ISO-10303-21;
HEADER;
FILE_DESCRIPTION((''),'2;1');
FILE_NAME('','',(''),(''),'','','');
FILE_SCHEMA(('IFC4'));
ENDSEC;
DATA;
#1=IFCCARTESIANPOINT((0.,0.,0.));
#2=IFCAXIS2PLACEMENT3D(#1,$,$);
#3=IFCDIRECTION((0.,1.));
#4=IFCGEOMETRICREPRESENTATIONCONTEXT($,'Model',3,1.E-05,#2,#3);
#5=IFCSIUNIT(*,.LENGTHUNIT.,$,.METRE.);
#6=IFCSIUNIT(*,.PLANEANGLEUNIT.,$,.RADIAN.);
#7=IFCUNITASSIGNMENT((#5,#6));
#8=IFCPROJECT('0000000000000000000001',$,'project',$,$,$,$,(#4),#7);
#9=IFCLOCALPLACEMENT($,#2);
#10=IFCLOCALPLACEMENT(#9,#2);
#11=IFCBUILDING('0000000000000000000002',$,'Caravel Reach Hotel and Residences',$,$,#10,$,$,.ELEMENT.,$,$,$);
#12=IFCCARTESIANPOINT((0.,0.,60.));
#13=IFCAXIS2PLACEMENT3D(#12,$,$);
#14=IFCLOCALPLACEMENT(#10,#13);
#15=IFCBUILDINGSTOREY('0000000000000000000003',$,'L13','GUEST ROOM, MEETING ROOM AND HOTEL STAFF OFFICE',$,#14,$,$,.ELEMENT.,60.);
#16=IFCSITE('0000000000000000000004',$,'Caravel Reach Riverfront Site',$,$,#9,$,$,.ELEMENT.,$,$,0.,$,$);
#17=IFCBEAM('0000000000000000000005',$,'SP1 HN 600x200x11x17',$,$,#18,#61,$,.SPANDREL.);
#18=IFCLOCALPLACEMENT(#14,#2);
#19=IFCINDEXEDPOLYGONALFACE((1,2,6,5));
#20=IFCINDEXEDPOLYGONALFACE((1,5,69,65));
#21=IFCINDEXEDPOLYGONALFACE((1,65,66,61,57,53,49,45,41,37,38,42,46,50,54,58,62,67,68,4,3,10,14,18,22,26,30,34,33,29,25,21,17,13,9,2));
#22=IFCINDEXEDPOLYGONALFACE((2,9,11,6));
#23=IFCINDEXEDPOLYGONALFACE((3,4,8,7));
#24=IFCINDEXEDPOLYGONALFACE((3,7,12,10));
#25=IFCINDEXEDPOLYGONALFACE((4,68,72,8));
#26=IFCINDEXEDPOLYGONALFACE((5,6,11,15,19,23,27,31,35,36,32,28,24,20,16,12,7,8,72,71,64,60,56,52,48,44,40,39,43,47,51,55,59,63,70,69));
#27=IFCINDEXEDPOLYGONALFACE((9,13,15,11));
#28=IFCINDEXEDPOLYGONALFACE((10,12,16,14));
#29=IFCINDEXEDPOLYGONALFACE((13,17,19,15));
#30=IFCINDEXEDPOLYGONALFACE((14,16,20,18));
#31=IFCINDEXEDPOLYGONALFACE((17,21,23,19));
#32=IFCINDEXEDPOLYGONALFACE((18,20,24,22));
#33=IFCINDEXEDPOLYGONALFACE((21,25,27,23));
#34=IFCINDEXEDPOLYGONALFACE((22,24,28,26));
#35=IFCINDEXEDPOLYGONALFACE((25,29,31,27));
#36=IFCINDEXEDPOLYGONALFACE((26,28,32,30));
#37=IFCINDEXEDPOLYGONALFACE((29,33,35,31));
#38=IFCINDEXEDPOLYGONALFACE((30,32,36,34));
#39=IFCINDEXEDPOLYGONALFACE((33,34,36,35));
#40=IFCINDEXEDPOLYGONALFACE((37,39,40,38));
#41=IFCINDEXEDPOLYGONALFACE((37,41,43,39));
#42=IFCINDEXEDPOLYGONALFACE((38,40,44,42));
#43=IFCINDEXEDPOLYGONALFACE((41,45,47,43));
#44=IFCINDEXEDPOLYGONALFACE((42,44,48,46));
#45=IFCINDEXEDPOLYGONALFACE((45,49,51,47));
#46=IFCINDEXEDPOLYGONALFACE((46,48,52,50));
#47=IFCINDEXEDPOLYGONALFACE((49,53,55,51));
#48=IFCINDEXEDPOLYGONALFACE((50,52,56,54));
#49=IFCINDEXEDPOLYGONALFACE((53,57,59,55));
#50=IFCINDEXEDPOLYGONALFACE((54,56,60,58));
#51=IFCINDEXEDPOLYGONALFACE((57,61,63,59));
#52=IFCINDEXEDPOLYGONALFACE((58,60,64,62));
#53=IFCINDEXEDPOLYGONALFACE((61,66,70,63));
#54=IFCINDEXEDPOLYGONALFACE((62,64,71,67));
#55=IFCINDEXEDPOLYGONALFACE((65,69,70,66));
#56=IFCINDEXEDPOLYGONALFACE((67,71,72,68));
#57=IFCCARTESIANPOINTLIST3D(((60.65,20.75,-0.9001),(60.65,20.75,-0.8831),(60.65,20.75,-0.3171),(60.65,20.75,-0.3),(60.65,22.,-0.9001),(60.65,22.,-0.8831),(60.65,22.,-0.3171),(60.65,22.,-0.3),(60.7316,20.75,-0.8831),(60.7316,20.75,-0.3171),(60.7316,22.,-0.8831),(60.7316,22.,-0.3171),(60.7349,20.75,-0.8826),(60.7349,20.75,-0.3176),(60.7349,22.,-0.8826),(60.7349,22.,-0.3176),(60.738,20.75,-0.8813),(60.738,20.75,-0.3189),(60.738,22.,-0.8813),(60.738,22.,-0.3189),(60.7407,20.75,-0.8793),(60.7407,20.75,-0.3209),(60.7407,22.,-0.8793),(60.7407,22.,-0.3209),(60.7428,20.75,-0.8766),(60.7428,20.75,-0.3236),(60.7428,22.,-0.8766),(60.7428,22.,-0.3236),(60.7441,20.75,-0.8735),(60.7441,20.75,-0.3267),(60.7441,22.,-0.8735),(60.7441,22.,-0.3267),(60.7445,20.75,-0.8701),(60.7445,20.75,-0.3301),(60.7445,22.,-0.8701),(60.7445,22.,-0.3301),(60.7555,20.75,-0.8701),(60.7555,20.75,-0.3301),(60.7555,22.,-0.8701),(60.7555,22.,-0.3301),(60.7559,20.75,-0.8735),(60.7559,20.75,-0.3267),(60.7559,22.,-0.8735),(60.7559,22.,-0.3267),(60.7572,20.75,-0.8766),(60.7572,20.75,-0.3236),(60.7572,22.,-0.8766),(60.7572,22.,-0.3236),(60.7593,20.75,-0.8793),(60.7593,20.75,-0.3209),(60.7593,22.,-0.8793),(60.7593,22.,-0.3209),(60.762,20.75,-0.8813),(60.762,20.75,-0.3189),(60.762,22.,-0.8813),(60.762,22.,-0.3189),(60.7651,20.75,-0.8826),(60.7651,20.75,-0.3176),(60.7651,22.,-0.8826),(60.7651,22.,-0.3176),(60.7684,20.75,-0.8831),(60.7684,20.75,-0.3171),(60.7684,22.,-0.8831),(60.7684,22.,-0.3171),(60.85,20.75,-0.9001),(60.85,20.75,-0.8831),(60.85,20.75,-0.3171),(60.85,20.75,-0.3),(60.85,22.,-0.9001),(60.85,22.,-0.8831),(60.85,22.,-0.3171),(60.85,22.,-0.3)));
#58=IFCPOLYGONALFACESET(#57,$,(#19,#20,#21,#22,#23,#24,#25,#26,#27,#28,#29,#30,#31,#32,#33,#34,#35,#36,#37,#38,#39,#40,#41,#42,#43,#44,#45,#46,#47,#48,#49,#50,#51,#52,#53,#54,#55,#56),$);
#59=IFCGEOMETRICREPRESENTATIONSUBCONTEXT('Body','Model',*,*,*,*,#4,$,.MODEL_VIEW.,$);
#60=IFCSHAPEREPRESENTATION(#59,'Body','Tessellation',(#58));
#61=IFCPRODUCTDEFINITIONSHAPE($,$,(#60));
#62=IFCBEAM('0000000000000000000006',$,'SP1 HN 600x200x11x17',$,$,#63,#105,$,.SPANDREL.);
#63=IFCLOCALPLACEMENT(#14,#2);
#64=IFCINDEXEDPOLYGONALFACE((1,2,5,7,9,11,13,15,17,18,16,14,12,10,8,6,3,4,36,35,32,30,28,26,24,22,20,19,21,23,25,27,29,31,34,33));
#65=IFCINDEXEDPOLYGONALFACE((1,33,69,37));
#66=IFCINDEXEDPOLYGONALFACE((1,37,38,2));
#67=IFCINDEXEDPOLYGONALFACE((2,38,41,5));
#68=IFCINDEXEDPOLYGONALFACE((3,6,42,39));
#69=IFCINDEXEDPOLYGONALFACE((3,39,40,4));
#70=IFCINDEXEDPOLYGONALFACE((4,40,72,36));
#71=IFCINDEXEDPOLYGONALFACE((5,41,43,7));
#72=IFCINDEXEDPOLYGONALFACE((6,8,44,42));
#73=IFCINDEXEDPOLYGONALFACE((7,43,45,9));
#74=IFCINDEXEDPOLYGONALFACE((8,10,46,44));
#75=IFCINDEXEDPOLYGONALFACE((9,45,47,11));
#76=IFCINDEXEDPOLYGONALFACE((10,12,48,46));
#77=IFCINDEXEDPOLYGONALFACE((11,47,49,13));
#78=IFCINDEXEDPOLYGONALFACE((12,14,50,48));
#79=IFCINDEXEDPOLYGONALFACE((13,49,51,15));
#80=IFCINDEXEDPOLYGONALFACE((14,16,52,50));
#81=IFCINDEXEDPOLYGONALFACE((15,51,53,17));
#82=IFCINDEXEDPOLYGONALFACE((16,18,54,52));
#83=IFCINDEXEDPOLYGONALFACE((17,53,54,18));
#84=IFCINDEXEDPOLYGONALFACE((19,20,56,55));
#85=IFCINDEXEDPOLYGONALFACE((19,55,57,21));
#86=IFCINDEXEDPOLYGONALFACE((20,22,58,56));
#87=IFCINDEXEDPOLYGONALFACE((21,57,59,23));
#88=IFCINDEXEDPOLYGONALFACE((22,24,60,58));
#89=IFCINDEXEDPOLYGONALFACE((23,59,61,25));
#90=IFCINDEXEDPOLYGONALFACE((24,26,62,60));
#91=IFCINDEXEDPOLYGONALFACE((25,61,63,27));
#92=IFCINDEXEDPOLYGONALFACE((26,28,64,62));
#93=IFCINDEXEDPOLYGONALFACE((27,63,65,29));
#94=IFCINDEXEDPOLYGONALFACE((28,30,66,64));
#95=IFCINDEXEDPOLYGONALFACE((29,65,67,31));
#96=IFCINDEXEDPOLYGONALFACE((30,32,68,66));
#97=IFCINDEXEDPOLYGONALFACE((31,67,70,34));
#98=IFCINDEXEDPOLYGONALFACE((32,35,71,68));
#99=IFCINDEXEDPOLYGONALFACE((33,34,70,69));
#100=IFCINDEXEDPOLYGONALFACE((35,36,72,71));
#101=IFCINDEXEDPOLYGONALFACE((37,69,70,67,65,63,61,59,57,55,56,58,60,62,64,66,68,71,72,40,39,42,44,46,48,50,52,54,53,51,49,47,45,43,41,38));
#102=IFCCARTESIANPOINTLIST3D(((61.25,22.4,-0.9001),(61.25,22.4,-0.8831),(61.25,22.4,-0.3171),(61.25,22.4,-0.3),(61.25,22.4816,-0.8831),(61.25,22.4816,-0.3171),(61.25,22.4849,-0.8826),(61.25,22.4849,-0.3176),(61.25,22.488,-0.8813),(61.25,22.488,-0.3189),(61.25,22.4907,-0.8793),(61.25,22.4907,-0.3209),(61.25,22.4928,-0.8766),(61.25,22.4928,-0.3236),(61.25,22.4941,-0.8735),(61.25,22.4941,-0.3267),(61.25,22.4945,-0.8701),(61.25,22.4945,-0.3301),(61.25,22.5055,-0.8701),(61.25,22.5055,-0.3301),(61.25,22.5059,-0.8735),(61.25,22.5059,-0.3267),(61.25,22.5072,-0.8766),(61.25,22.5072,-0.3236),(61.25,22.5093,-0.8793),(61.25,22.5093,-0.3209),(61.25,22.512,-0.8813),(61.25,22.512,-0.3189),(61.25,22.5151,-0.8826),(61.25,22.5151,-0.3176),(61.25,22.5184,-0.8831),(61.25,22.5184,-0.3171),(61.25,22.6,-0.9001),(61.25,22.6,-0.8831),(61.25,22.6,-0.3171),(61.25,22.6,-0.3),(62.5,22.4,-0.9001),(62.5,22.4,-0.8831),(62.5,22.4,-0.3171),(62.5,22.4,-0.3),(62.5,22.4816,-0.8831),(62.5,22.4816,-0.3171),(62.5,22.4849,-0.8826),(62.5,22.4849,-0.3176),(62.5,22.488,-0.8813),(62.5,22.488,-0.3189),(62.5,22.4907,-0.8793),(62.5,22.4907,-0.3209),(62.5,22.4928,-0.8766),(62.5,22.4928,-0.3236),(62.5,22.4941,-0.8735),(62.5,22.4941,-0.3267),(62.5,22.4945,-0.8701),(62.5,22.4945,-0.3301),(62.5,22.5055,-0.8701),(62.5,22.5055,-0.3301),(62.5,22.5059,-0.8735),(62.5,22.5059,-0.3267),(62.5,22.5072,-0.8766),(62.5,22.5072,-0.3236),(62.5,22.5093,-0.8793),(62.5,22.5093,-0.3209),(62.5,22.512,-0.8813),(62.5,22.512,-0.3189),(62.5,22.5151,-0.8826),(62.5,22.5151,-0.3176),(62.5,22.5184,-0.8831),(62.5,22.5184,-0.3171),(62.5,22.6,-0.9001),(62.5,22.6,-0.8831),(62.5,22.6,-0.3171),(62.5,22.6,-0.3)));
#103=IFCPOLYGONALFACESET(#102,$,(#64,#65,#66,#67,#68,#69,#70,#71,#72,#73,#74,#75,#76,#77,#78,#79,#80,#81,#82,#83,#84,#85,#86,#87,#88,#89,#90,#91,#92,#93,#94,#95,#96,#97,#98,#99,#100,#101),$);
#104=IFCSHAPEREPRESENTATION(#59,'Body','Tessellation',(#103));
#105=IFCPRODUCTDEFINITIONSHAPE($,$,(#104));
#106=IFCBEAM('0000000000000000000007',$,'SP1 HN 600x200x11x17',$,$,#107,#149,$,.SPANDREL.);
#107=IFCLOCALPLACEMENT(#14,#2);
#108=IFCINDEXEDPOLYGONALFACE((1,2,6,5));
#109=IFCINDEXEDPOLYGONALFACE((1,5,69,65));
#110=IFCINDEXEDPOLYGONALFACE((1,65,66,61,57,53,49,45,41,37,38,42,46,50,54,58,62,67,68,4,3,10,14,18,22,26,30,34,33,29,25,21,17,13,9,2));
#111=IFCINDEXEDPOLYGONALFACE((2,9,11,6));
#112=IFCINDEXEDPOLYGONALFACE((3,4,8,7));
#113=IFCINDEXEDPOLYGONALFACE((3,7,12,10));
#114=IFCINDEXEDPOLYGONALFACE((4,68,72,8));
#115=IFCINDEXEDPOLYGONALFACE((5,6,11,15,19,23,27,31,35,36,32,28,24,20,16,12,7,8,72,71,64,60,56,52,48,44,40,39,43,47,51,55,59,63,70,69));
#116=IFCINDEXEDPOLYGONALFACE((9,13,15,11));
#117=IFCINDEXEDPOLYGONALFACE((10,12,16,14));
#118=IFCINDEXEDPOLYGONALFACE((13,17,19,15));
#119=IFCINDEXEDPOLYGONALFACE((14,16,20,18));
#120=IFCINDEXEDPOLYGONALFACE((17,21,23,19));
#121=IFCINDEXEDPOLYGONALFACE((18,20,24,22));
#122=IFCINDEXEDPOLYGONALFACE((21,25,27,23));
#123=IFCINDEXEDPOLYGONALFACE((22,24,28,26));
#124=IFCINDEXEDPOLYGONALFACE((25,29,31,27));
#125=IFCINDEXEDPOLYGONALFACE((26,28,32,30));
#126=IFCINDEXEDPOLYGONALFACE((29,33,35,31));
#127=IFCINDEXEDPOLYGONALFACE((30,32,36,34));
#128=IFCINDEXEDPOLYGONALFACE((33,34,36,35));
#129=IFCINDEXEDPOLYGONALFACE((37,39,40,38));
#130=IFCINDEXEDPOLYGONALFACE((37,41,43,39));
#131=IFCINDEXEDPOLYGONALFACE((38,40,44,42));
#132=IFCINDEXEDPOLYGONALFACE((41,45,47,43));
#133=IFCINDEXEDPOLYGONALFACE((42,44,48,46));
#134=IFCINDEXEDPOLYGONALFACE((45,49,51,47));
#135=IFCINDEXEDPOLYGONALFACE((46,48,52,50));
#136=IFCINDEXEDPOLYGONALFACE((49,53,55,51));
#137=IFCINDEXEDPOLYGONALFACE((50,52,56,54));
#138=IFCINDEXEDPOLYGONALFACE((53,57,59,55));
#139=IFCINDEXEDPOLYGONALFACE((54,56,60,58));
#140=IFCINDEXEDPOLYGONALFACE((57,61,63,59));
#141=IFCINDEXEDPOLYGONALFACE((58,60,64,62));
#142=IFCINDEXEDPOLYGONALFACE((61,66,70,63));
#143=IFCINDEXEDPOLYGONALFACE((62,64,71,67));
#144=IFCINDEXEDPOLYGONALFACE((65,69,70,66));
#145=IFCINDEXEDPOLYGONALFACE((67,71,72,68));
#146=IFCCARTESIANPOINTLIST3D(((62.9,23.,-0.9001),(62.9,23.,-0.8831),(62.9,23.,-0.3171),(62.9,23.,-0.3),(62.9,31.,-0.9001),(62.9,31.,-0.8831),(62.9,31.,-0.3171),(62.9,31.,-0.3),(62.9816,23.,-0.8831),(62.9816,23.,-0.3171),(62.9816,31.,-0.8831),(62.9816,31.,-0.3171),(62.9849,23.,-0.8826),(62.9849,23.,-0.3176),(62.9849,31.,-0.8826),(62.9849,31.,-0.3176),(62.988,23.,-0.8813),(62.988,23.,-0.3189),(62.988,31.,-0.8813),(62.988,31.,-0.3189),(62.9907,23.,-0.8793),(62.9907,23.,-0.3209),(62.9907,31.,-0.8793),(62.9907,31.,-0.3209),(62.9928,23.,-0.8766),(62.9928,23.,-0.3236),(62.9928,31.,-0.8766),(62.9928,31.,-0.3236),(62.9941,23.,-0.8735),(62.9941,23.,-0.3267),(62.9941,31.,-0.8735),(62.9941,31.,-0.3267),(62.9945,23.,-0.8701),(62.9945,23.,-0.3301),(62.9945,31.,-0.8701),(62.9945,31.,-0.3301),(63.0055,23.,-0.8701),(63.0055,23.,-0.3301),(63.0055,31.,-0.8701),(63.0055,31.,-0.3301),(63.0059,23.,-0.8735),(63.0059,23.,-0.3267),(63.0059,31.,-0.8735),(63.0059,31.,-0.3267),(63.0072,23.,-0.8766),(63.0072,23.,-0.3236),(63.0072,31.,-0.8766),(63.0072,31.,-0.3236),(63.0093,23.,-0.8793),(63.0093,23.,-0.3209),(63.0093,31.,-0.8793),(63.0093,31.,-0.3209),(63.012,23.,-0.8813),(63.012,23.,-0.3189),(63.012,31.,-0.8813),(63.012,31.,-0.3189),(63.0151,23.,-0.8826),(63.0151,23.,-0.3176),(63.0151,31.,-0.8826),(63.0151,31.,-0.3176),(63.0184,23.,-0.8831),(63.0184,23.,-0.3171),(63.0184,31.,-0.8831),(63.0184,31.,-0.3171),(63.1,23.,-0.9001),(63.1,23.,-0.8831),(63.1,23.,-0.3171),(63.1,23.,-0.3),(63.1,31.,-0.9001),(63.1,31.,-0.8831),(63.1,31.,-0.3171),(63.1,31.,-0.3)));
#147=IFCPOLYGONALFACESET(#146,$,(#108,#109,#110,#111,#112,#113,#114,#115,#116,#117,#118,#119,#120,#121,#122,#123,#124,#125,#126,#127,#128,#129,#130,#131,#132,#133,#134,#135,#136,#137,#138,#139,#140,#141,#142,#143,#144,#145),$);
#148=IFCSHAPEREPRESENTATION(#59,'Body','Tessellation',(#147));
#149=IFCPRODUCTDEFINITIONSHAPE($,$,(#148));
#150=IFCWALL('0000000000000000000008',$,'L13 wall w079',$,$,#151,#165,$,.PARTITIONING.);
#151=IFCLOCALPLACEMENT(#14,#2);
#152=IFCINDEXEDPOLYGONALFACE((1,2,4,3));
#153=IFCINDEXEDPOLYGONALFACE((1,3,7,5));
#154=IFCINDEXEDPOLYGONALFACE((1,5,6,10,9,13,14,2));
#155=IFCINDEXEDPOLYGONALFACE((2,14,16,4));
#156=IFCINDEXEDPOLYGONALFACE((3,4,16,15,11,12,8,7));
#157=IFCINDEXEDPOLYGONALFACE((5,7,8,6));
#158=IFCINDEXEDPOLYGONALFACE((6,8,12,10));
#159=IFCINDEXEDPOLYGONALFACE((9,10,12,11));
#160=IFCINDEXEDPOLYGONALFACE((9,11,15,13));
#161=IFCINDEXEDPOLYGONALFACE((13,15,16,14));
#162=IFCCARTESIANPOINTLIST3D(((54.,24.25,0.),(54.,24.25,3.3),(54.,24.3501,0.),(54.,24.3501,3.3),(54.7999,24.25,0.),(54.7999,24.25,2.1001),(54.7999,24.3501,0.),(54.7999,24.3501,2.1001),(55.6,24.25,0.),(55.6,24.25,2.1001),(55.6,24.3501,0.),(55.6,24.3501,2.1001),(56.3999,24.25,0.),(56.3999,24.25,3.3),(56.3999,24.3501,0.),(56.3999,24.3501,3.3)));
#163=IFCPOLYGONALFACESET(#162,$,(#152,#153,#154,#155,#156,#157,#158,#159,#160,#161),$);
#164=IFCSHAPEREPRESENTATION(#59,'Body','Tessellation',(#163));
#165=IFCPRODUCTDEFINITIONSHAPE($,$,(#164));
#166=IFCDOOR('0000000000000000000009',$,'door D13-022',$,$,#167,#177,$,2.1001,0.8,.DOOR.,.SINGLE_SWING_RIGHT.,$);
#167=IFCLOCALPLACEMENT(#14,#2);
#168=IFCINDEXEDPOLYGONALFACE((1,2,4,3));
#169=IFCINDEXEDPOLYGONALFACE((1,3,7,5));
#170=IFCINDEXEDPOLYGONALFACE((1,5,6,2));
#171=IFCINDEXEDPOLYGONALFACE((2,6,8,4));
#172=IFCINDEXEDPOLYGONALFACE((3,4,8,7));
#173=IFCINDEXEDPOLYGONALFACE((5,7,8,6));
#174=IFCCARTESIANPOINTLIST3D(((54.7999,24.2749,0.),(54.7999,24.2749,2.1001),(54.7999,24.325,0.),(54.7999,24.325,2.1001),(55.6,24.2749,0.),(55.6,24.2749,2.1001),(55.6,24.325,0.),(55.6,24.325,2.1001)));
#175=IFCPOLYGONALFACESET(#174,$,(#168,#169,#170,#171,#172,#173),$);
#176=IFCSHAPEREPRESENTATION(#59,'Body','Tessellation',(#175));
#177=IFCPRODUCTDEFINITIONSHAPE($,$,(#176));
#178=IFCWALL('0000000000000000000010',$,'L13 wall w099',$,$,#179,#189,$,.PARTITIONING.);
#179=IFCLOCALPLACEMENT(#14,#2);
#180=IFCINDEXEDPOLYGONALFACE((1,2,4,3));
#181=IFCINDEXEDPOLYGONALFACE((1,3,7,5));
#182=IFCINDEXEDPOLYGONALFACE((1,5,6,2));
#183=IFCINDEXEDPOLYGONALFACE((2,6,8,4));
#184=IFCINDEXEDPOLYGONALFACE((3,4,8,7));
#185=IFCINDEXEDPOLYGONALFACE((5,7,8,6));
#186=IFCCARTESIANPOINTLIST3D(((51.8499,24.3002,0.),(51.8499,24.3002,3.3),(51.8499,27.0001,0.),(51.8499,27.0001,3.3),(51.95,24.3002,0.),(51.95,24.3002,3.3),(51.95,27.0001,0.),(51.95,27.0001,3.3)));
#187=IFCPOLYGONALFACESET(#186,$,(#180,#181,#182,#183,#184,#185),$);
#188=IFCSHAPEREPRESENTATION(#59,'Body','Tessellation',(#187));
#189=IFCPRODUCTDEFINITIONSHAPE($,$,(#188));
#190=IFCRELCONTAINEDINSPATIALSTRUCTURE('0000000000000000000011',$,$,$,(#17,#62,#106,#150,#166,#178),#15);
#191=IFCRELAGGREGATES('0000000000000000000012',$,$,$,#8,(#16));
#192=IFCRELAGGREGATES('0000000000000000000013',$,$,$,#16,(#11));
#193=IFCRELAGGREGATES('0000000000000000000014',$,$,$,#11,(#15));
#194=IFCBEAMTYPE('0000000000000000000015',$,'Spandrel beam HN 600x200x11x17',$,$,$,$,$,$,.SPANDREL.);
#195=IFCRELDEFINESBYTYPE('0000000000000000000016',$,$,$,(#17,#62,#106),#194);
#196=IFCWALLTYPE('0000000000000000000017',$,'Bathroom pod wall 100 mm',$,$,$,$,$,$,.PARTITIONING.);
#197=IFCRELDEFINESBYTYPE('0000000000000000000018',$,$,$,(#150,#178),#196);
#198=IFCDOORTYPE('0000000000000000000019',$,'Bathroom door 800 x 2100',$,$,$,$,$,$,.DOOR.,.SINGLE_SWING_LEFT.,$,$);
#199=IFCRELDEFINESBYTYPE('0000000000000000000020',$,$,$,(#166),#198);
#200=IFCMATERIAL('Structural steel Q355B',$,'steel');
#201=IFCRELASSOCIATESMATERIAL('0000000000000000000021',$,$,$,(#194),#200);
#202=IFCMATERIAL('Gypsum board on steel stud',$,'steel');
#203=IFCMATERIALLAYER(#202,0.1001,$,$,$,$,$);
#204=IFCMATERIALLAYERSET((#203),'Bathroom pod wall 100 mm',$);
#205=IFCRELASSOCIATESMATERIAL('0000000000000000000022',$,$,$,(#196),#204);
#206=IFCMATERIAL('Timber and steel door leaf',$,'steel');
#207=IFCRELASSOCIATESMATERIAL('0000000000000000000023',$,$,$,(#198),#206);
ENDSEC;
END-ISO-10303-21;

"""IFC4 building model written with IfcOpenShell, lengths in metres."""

from ifc_helpers import new_model, si_unit, direction, frame, frame_2d, origin, origin_2d, place, context, subcontext, project, spatial, rectangle, i_section, extrude, material, layer, layer_set, material_profile, profile_set, type_object, element, fill, save


model = new_model("IFC4")

# Units and contexts
model_context = context("Model", 3, precision=1e-05, world=origin(), true_north=direction((0.0, 1.0)))
body_context = subcontext(model_context, "Body", "Model", "MODEL_VIEW")
ifc_project = project(units=[si_unit("LENGTHUNIT", "METRE"), si_unit("PLANEANGLEUNIT", "RADIAN")], contexts=[model_context])

# Site, building, storey
site_placement = place(None, origin())
site = spatial("IfcSite", under=ifc_project, at=site_placement, Name="Caravel Reach Riverfront Site", CompositionType="ELEMENT", RefElevation=0.0)
building_placement = place(site_placement, origin())
building = spatial("IfcBuilding", under=site, at=building_placement, Name="Caravel Reach Hotel and Residences", CompositionType="ELEMENT")
storey_placement = place(building_placement, frame((0.0, 0.0, 60.0)))
storey = spatial("IfcBuildingStorey", under=building, at=storey_placement, Name="L13", Description="GUEST ROOM, MEETING ROOM AND HOTEL STAFF OFFICE", CompositionType="ELEMENT", Elevation=60.0)

# Beams
ifc_material_1 = material(Name="Structural steel Q355B", Category="steel")
ifc_material_profile_1 = material_profile(ifc_material_1, i_section(OverallWidth=0.2, OverallDepth=0.6001, WebThickness=0.011, FlangeThickness=0.0171, FilletRadius=0.0129, at=origin_2d()), Name="HN 600x200x11x17")
ifc_profile_set_1 = profile_set([ifc_material_profile_1], Name="Structural steel Q355B")
beam_type = type_object("IfcBeamType", Name="Spandrel beam HN 600x200x11x17", PredefinedType="SPANDREL", material=ifc_profile_set_1)
for number, where, z_axis, x_axis, name in (
    (1, (60.75, 20.75, -0.6001), (0.0, 1.0, 0.0), (-1.0, 0.0, 0.0), "SP1 HN 600x200x11x17"),
    (2, (61.25, 22.5, -0.6001), (1.0, 0.0, 0.0), (0.0, 1.0, 0.0), "SP1 HN 600x200x11x17"),
):
    element("IfcBeam", number, at=place(storey_placement, frame(where, z_axis=z_axis, x_axis=x_axis)), inside=storey, type_object=beam_type, Name=name, PredefinedType="SPANDREL", context=body_context, shape_type="SweptSolid", body=[
        extrude(i_section(OverallWidth=0.2, OverallDepth=0.6001, WebThickness=0.011, FlangeThickness=0.0171, FilletRadius=0.0129, at=origin_2d()), origin(), (0.0, 0.0, 1.0), 1.25),
    ])
beam_placement = place(storey_placement, frame((63.0, 23.0, -0.6001), z_axis=(0.0, 1.0, 0.0), x_axis=(-1.0, 0.0, 0.0)))
element("IfcBeam", 3, at=beam_placement, inside=storey, type_object=beam_type, Name="SP1 HN 600x200x11x17", PredefinedType="SPANDREL", context=body_context, shape_type="SweptSolid", body=[
    extrude(i_section(OverallWidth=0.2, OverallDepth=0.6001, WebThickness=0.011, FlangeThickness=0.0171, FilletRadius=0.0129, at=origin_2d()), origin(), (0.0, 0.0, 1.0), 8.0),
])

# Wall, opening, door
ifc_material_2 = material(Name="Gypsum board on steel stud", Category="steel")
ifc_layer_1 = layer(ifc_material_2, 0.1001)
ifc_layer_set_1 = layer_set([ifc_layer_1], Name="Bathroom pod wall 100 mm")
wall_type_1 = type_object("IfcWallType", Name="Bathroom pod wall 100 mm", PredefinedType="PARTITIONING", material=ifc_layer_set_1)
wall_1_placement = place(storey_placement, frame((54.0, 24.3, 0.0), z_axis=(0.0, 0.0, 1.0), x_axis=(1.0, 0.0, 0.0)))
wall_1 = element("IfcWall", 4, at=wall_1_placement, inside=storey, type_object=wall_type_1, Name="L13 wall w079", PredefinedType="PARTITIONING", context=body_context, shape_type="SweptSolid", body=[
    extrude(rectangle(XDim=2.3999, YDim=0.1001, at=frame_2d((1.2, 0.0))), origin(), (0.0, 0.0, 1.0), 3.3),
])
opening_1_placement = place(wall_1_placement, frame((0.8, 0.0, 0.0)))
opening_1 = element("IfcOpeningElement", 5, at=opening_1_placement, cuts=wall_1, PredefinedType="OPENING", context=body_context, shape_type="SweptSolid", body=[
    extrude(rectangle(XDim=0.8, YDim=2.1001, at=frame_2d((0.3999, 1.05))), frame((0.0, 0.0601, 0.0), z_axis=(0.0, -1.0, 0.0), x_axis=(1.0, 0.0, 0.0)), (0.0, 0.0, 1.0), 0.1201),
])
ifc_material_3 = material(Name="Timber and steel door leaf", Category="steel")
door_type = type_object("IfcDoorType", Name="Bathroom door 800 x 2100", OperationType="SINGLE_SWING_LEFT", PredefinedType="DOOR", material=ifc_material_3)
door_placement = place(opening_1_placement, origin())
door = element("IfcDoor", 6, at=door_placement, inside=storey, type_object=door_type, Name="door D13-022", OperationType="SINGLE_SWING_RIGHT", OverallHeight=2.1001, OverallWidth=0.8, PredefinedType="DOOR", context=body_context, shape_type="SweptSolid", body=[
    extrude(rectangle(XDim=0.8, YDim=2.1001, at=frame_2d((0.3999, 1.05))), frame((0.0, 0.0249, 0.0), z_axis=(0.0, -1.0, 0.0), x_axis=(1.0, 0.0, 0.0)), (0.0, 0.0, 1.0), 0.05),
])
fill(opening_1, door)

# Wall
for number, where, z_axis, x_axis, name in (
    (7, (51.8999, 24.3, 0.0), (0.0, 0.0, 1.0), (0.0, 1.0, 0.0), "L13 wall w099"),
):
    element("IfcWall", number, at=place(storey_placement, frame(where, z_axis=z_axis, x_axis=x_axis)), inside=storey, type_object=wall_type_1, Name=name, PredefinedType="PARTITIONING", context=body_context, shape_type="SweptSolid", body=[
        extrude(rectangle(XDim=2.7, YDim=0.1001, at=frame_2d((1.3501, 0.0))), origin(), (0.0, 0.0, 1.0), 3.3),
    ])

save(model, "model.ifc")
